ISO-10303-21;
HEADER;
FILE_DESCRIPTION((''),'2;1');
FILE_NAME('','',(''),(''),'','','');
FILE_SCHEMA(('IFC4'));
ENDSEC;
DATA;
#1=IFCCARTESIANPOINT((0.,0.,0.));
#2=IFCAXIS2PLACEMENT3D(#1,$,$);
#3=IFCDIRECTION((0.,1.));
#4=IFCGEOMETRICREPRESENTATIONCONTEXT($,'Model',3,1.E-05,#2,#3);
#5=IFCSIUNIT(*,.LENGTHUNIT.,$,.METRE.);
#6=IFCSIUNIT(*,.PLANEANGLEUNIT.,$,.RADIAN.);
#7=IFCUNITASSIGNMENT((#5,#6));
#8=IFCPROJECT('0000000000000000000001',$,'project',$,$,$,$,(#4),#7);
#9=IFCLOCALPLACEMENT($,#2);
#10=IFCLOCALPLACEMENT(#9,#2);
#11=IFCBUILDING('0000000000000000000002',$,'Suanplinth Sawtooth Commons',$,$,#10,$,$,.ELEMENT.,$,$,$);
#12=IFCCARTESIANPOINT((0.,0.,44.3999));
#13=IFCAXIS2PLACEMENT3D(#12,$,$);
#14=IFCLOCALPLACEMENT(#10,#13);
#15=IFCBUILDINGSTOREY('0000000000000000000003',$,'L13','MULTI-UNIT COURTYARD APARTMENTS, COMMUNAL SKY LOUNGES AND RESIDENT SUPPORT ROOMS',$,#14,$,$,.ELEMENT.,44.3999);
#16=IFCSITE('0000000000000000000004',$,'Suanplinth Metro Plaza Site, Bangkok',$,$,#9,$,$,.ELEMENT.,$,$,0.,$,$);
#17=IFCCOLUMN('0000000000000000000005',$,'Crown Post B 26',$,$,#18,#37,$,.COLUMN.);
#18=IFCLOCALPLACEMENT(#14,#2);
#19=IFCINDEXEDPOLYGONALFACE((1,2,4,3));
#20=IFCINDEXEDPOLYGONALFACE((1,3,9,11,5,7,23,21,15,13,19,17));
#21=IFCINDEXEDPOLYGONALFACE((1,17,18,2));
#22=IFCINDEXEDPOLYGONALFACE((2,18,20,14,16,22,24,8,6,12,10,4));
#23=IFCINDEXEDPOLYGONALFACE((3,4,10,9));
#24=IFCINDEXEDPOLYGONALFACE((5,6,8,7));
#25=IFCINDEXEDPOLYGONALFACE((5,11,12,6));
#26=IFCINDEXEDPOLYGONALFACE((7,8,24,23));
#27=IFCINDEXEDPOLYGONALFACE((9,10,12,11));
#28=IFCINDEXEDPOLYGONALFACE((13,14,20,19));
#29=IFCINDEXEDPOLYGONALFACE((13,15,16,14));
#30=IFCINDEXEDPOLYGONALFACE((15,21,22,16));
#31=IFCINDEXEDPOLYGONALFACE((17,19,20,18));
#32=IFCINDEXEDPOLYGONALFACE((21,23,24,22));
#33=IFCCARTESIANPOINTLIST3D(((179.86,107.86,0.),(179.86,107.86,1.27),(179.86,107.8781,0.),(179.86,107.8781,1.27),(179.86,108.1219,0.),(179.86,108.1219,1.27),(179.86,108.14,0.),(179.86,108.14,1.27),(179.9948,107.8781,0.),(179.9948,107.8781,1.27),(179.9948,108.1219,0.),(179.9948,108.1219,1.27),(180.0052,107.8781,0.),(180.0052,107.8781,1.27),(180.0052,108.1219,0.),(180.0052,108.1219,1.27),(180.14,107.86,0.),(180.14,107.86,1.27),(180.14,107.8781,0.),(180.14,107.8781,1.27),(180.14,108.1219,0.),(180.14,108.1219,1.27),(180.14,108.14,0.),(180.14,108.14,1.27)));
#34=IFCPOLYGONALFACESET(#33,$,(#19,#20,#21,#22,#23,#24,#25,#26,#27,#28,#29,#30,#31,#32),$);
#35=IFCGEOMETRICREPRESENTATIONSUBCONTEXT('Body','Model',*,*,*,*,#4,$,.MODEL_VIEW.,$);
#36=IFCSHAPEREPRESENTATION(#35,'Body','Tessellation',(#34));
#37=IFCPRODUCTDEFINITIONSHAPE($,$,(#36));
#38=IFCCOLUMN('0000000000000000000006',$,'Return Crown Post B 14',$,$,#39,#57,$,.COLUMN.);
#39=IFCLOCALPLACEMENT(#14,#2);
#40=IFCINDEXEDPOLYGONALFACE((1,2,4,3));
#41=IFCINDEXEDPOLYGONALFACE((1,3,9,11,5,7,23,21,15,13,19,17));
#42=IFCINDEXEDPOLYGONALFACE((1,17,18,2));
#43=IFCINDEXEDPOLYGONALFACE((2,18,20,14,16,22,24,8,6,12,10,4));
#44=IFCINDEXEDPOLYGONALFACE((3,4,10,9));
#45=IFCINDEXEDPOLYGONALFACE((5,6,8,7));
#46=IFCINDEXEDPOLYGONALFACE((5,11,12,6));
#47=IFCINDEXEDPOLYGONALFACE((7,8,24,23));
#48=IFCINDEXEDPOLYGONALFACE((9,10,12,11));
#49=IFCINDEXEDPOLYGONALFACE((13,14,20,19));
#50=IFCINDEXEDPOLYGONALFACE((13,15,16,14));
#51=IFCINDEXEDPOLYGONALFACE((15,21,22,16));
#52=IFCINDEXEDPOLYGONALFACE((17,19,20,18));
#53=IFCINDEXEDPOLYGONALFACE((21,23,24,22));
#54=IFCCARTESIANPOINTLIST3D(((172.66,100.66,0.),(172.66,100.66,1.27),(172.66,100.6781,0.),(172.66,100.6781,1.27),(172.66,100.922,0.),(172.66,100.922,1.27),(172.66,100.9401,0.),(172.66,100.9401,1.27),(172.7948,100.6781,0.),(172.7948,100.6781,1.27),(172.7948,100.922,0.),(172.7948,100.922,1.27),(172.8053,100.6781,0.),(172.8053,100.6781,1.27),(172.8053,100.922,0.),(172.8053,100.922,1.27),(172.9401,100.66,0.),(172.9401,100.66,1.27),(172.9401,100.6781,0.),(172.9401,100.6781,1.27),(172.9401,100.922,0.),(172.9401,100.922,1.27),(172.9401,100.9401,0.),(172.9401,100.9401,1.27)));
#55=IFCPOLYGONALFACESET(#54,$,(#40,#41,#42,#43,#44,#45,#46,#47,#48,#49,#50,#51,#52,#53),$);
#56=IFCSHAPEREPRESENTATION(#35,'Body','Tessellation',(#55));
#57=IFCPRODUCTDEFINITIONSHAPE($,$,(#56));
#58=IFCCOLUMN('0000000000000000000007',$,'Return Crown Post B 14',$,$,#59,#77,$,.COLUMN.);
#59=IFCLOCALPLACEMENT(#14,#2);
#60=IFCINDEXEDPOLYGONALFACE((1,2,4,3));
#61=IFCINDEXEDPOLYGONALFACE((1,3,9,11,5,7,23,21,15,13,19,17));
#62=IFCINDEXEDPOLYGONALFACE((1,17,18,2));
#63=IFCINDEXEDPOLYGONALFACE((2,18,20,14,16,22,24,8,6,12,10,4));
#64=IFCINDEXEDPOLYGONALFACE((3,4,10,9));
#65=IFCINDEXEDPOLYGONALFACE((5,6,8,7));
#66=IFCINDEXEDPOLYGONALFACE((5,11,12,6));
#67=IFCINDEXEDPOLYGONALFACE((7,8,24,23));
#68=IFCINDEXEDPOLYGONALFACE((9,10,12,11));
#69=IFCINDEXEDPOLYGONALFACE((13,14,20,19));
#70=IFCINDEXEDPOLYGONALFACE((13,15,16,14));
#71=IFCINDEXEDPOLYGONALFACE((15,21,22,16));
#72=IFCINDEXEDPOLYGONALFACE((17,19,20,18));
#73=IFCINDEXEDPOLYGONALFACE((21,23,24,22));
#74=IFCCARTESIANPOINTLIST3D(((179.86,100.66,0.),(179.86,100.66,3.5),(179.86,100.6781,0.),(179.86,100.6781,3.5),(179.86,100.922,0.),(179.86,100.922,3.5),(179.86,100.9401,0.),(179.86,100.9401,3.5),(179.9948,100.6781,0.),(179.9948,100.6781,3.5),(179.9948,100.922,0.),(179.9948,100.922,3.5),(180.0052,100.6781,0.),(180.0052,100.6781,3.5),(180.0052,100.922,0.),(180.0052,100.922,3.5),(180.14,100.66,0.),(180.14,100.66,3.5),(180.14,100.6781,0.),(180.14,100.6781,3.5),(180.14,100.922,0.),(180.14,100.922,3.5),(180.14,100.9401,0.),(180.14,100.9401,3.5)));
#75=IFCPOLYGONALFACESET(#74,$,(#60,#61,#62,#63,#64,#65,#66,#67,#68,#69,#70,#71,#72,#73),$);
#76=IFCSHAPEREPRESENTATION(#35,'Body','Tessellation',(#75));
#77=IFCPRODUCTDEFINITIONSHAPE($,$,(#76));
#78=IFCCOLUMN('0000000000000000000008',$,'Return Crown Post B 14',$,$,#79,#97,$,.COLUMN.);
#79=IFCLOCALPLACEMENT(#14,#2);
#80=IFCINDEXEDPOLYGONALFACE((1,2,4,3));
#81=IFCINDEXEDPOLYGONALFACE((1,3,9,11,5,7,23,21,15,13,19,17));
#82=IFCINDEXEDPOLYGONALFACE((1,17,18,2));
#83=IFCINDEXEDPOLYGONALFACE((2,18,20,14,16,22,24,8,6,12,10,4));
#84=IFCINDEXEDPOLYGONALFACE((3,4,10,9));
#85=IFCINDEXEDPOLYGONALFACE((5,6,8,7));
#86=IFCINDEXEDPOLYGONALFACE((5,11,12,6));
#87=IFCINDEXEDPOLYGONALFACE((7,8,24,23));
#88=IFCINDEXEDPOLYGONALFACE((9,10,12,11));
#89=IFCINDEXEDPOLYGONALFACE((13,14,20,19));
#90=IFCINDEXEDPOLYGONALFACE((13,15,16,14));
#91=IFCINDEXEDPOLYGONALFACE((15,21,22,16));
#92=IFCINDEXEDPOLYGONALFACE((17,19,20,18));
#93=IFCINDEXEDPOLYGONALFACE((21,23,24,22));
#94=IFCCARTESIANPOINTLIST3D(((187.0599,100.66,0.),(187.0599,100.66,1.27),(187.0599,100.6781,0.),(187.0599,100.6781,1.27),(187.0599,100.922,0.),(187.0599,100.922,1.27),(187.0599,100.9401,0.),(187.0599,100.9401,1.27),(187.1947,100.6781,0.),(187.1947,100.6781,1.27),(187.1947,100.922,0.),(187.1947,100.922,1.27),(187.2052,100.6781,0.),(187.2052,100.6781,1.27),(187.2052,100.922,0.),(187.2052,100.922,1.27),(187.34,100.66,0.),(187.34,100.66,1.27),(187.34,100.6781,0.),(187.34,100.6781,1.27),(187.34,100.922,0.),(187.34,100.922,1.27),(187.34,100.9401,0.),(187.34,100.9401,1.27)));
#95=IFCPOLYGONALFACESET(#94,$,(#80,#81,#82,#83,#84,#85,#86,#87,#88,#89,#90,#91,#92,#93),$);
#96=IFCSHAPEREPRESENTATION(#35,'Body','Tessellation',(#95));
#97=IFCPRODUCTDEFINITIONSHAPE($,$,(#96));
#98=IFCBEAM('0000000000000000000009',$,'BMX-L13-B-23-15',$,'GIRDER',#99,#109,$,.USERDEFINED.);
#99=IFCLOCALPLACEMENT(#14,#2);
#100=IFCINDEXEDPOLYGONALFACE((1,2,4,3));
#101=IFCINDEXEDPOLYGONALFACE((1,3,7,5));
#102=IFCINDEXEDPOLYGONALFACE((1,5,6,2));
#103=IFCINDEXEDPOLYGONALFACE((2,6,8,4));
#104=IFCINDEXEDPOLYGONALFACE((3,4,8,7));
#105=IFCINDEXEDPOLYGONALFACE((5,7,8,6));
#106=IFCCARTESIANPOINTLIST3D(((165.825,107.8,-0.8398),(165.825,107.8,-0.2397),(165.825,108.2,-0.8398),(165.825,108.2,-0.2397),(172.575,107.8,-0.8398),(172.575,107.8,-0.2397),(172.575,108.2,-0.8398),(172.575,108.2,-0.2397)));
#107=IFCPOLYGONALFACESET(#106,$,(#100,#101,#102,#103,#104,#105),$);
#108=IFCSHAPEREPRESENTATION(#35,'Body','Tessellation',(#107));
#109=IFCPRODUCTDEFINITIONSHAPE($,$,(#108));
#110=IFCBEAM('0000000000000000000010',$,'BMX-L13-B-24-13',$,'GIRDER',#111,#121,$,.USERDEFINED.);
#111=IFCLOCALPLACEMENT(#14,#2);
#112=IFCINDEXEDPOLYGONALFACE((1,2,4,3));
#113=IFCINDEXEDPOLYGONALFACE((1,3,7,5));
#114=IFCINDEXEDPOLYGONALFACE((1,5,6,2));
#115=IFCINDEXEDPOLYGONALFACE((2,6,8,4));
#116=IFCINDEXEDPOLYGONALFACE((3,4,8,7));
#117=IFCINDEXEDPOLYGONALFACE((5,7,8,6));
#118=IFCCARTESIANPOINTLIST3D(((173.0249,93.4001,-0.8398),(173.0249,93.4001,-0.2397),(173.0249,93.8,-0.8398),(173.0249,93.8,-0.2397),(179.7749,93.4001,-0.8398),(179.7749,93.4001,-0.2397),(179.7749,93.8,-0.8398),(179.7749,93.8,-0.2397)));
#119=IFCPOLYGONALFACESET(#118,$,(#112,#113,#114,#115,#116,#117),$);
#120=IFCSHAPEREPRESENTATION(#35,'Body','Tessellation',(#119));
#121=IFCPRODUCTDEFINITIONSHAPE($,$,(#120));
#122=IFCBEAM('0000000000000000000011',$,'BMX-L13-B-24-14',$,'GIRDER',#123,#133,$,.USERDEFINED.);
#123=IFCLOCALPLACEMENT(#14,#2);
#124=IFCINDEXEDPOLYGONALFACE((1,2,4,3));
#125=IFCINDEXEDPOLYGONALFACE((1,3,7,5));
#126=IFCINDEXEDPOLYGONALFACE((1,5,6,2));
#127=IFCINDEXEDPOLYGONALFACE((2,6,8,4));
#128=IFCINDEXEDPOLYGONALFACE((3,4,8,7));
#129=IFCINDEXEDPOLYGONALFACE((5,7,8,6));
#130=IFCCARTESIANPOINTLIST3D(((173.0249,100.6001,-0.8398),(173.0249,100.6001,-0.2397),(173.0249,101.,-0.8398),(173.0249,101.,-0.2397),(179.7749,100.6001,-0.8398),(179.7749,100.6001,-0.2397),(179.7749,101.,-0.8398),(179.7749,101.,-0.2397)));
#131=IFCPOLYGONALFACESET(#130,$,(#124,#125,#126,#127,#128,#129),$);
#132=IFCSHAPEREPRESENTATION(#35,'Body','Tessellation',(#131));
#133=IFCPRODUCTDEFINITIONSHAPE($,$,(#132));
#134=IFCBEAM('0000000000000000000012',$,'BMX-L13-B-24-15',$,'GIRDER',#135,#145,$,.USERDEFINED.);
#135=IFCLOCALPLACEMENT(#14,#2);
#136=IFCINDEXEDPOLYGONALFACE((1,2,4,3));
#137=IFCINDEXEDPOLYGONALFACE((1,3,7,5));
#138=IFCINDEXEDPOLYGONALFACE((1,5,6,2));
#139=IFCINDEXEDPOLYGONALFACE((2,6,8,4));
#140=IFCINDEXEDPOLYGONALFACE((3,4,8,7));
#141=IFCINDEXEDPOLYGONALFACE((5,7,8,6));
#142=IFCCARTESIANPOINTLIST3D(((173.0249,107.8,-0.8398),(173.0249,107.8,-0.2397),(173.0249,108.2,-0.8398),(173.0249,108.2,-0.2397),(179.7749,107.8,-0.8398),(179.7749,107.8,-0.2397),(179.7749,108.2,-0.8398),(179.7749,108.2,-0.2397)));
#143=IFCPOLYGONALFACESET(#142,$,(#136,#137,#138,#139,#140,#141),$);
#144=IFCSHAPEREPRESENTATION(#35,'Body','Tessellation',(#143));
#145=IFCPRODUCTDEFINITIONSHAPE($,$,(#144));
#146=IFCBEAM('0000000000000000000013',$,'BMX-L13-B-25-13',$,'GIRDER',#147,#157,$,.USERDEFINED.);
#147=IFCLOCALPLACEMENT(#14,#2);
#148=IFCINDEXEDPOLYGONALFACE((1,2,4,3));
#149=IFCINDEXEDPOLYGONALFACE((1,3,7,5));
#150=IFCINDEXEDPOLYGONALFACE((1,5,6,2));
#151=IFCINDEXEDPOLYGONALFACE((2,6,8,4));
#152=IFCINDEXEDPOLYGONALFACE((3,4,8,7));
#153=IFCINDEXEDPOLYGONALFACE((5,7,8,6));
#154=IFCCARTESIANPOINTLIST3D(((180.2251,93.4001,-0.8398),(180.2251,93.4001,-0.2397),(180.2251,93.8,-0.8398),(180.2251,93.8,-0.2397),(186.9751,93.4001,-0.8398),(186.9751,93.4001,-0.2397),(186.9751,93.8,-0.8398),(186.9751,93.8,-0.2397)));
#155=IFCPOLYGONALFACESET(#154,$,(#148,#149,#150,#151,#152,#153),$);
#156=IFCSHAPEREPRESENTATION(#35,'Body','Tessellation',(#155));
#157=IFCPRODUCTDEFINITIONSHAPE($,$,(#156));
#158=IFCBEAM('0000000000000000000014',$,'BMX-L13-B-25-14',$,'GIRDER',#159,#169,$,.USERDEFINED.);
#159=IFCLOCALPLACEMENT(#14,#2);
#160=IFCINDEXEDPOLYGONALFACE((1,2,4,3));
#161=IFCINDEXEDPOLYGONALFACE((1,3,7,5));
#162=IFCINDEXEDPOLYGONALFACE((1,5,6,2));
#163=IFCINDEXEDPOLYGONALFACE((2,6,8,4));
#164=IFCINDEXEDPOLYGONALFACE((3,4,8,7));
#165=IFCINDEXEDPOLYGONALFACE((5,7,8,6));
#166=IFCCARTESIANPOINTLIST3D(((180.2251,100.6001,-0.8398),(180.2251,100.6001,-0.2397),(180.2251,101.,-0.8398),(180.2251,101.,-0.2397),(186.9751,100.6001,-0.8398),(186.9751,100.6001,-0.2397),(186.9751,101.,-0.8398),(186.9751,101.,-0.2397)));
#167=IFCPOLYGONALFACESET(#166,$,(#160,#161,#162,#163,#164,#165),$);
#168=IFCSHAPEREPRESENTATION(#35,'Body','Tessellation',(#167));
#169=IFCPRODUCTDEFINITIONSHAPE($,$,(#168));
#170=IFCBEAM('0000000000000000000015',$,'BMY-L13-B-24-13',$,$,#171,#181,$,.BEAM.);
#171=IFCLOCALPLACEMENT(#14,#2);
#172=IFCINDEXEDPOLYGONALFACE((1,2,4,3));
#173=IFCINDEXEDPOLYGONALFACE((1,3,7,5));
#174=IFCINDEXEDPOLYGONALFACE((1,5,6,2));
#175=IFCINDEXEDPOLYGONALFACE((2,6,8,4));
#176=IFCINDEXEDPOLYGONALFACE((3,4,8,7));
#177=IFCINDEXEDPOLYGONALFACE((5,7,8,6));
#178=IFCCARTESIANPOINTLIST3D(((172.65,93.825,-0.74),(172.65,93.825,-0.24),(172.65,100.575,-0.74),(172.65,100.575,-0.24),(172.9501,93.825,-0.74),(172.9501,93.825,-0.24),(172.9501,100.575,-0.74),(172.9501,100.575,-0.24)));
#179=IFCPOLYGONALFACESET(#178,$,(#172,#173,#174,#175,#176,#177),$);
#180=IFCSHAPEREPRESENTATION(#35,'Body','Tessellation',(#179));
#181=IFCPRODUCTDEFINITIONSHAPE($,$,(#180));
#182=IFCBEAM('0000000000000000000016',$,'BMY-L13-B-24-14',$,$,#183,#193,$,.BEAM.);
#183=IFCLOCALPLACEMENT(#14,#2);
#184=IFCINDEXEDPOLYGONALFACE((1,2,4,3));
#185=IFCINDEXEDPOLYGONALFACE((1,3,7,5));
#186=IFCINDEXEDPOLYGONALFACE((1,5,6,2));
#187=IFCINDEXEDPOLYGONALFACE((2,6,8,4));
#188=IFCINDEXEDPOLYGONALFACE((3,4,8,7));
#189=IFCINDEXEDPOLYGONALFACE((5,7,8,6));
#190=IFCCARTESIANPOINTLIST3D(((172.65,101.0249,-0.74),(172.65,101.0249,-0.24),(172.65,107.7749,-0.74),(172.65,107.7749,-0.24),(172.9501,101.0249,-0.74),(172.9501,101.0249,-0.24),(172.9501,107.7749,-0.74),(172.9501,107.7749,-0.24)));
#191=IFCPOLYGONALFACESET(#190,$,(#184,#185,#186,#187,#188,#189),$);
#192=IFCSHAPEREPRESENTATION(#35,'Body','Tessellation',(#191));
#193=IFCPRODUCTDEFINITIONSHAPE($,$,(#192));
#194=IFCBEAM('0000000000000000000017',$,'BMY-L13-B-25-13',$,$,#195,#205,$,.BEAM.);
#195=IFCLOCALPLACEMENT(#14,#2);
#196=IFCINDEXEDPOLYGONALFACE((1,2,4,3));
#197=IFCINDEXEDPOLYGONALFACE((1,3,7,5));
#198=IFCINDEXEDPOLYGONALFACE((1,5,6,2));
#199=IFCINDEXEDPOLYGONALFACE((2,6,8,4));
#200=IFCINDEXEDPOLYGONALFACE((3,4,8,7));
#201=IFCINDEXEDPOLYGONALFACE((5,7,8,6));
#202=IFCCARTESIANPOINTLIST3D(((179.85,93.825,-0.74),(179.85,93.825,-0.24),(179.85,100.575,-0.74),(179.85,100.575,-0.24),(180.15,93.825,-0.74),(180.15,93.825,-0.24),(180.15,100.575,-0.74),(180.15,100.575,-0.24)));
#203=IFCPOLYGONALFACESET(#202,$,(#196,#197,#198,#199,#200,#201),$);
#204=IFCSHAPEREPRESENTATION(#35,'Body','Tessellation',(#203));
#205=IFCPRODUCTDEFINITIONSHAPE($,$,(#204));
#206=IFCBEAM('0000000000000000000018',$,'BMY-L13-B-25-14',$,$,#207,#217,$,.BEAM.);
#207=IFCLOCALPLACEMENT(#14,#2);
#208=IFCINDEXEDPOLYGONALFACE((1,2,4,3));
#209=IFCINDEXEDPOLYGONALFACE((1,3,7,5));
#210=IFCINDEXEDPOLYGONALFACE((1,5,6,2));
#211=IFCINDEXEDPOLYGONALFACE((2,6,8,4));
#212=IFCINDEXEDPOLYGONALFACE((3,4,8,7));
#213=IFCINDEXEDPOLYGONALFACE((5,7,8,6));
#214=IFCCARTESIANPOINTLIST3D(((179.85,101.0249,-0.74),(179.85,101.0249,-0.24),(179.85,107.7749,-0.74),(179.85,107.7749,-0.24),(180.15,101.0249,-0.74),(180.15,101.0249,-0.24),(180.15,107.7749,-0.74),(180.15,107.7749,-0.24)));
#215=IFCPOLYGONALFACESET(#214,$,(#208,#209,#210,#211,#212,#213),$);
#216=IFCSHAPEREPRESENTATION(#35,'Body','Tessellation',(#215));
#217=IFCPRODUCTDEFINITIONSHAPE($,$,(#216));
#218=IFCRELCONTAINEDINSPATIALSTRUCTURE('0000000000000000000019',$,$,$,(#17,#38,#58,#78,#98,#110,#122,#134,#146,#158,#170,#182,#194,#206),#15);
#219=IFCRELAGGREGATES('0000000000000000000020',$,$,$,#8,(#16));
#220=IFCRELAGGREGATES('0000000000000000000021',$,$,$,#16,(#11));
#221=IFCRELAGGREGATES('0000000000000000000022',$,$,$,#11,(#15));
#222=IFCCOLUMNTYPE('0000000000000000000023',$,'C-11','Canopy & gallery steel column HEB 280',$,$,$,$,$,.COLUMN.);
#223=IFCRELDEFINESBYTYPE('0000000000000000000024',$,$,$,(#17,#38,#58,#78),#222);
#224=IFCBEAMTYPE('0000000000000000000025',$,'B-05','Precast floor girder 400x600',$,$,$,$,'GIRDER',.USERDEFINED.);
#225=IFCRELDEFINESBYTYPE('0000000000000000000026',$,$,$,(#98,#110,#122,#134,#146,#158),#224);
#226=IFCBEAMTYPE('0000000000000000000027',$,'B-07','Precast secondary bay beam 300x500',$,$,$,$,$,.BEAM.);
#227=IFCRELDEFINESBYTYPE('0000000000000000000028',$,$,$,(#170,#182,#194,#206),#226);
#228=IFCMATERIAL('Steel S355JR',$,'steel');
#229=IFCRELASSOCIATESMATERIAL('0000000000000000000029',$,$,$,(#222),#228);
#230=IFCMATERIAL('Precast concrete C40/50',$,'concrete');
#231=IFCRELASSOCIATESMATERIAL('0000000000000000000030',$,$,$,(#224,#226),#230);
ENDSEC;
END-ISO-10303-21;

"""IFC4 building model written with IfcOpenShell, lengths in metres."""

from ifc_helpers import new_model, si_unit, direction, frame, origin, origin_2d, place, context, subcontext, project, spatial, rectangle, i_section, extrude, material, material_profile, profile_set, type_object, element, save


model = new_model("IFC4")

# Units and contexts
model_context = context("Model", 3, precision=1e-05, world=origin(), true_north=direction((0.0, 1.0)))
body_context = subcontext(model_context, "Body", "Model", "MODEL_VIEW")
ifc_project = project(units=[si_unit("LENGTHUNIT", "METRE"), si_unit("PLANEANGLEUNIT", "RADIAN")], contexts=[model_context])

# Site, building, storey
site_placement = place(None, origin())
site = spatial("IfcSite", under=ifc_project, at=site_placement, Name="Suanplinth Metro Plaza Site, Bangkok", CompositionType="ELEMENT", RefElevation=0.0)
building_placement = place(site_placement, origin())
building = spatial("IfcBuilding", under=site, at=building_placement, Name="Suanplinth Sawtooth Commons", CompositionType="ELEMENT")
storey_placement = place(building_placement, frame((0.0, 0.0, 44.3999)))
storey = spatial("IfcBuildingStorey", under=building, at=storey_placement, Name="L13", Description="MULTI-UNIT COURTYARD APARTMENTS, COMMUNAL SKY LOUNGES AND RESIDENT SUPPORT ROOMS", CompositionType="ELEMENT", Elevation=44.3999)

# Columns
ifc_material_1 = material(Name="Steel S355JR", Category="steel")
ifc_material_profile_1 = material_profile(ifc_material_1, i_section(OverallWidth=0.28, OverallDepth=0.28, WebThickness=0.0105, FlangeThickness=0.0181, at=origin_2d()), Name="HEB 280")
ifc_profile_set_1 = profile_set([ifc_material_profile_1], Name="Steel S355JR")
column_type = type_object("IfcColumnType", Name="C-11", Description="Canopy & gallery steel column HEB 280", PredefinedType="COLUMN", material=ifc_profile_set_1)
for number, where, z_axis, x_axis, name in (
    (1, (180.0, 108.0, 0.0), (0.0, 0.0, 1.0), (1.0, 0.0, 0.0), "Crown Post B 26"),
    (2, (172.8, 100.8, 0.0), (0.0, 0.0, 1.0), (1.0, 0.0, 0.0), "Return Crown Post B 14"),
):
    element("IfcColumn", number, at=place(storey_placement, frame(where, z_axis=z_axis, x_axis=x_axis)), inside=storey, type_object=column_type, Name=name, PredefinedType="COLUMN", context=body_context, shape_type="SweptSolid", body=[
        extrude(i_section(OverallWidth=0.28, OverallDepth=0.28, WebThickness=0.0105, FlangeThickness=0.0181, at=origin_2d()), origin(), (0.0, 0.0, 1.0), 1.27),
    ])
column_1_placement = place(storey_placement, frame((180.0, 100.8, 0.0), z_axis=(0.0, 0.0, 1.0), x_axis=(1.0, 0.0, 0.0)))
element("IfcColumn", 3, at=column_1_placement, inside=storey, type_object=column_type, Name="Return Crown Post B 14", PredefinedType="COLUMN", context=body_context, shape_type="SweptSolid", body=[
    extrude(i_section(OverallWidth=0.28, OverallDepth=0.28, WebThickness=0.0105, FlangeThickness=0.0181, at=origin_2d()), origin(), (0.0, 0.0, 1.0), 3.5),
])
column_2_placement = place(storey_placement, frame((187.2, 100.8, 0.0), z_axis=(0.0, 0.0, 1.0), x_axis=(1.0, 0.0, 0.0)))
element("IfcColumn", 4, at=column_2_placement, inside=storey, type_object=column_type, Name="Return Crown Post B 14", PredefinedType="COLUMN", context=body_context, shape_type="SweptSolid", body=[
    extrude(i_section(OverallWidth=0.28, OverallDepth=0.28, WebThickness=0.0105, FlangeThickness=0.0181, at=origin_2d()), origin(), (0.0, 0.0, 1.0), 1.27),
])

# Beams
ifc_material_2 = material(Name="Precast concrete C40/50", Category="concrete")
ifc_material_profile_2 = material_profile(ifc_material_2, rectangle(XDim=0.3999, YDim=0.6001, at=origin_2d()), Name="PC-GDR 400x600")
ifc_profile_set_2 = profile_set([ifc_material_profile_2], Name="Precast concrete C40/50")
beam_type_1 = type_object("IfcBeamType", Name="B-05", Description="Precast floor girder 400x600", ElementType="GIRDER", PredefinedType="USERDEFINED", material=ifc_profile_set_2)
for number, where, z_axis, x_axis, name in (
    (5, (165.825, 108.0, -0.5398), (1.0, 0.0, 0.0), (0.0, 1.0, 0.0), "BMX-L13-B-23-15"),
    (6, (173.0249, 93.6001, -0.5398), (1.0, 0.0, 0.0), (0.0, 1.0, 0.0), "BMX-L13-B-24-13"),
    (7, (173.0249, 100.8, -0.5398), (1.0, 0.0, 0.0), (0.0, 1.0, 0.0), "BMX-L13-B-24-14"),
    (8, (173.0249, 108.0, -0.5398), (1.0, 0.0, 0.0), (0.0, 1.0, 0.0), "BMX-L13-B-24-15"),
    (9, (180.2251, 93.6001, -0.5398), (1.0, 0.0, 0.0), (0.0, 1.0, 0.0), "BMX-L13-B-25-13"),
    (10, (180.2251, 100.8, -0.5398), (1.0, 0.0, 0.0), (0.0, 1.0, 0.0), "BMX-L13-B-25-14"),
):
    element("IfcBeam", number, at=place(storey_placement, frame(where, z_axis=z_axis, x_axis=x_axis)), inside=storey, type_object=beam_type_1, Name=name, ObjectType="GIRDER", PredefinedType="USERDEFINED", context=body_context, shape_type="SweptSolid", body=[
        extrude(rectangle(XDim=0.3999, YDim=0.6001, at=origin_2d()), origin(), (0.0, 0.0, 1.0), 6.75),
    ])
ifc_material_profile_3 = material_profile(ifc_material_2, rectangle(XDim=0.3, YDim=0.5, at=origin_2d()), Name="PC-BM 300x500")
ifc_profile_set_3 = profile_set([ifc_material_profile_3], Name="Precast concrete C40/50")
beam_type_2 = type_object("IfcBeamType", Name="B-07", Description="Precast secondary bay beam 300x500", PredefinedType="BEAM", material=ifc_profile_set_3)
for number, where, z_axis, x_axis, name in (
    (11, (172.8, 93.825, -0.49), (0.0, 1.0, 0.0), (-1.0, 0.0, 0.0), "BMY-L13-B-24-13"),
    (12, (172.8, 101.0249, -0.49), (0.0, 1.0, 0.0), (-1.0, 0.0, 0.0), "BMY-L13-B-24-14"),
    (13, (180.0, 93.825, -0.49), (0.0, 1.0, 0.0), (-1.0, 0.0, 0.0), "BMY-L13-B-25-13"),
    (14, (180.0, 101.0249, -0.49), (0.0, 1.0, 0.0), (-1.0, 0.0, 0.0), "BMY-L13-B-25-14"),
):
    element("IfcBeam", number, at=place(storey_placement, frame(where, z_axis=z_axis, x_axis=x_axis)), inside=storey, type_object=beam_type_2, Name=name, PredefinedType="BEAM", context=body_context, shape_type="SweptSolid", body=[
        extrude(rectangle(XDim=0.3, YDim=0.5, at=origin_2d()), origin(), (0.0, 0.0, 1.0), 6.75),
    ])

save(model, "model.ifc")
